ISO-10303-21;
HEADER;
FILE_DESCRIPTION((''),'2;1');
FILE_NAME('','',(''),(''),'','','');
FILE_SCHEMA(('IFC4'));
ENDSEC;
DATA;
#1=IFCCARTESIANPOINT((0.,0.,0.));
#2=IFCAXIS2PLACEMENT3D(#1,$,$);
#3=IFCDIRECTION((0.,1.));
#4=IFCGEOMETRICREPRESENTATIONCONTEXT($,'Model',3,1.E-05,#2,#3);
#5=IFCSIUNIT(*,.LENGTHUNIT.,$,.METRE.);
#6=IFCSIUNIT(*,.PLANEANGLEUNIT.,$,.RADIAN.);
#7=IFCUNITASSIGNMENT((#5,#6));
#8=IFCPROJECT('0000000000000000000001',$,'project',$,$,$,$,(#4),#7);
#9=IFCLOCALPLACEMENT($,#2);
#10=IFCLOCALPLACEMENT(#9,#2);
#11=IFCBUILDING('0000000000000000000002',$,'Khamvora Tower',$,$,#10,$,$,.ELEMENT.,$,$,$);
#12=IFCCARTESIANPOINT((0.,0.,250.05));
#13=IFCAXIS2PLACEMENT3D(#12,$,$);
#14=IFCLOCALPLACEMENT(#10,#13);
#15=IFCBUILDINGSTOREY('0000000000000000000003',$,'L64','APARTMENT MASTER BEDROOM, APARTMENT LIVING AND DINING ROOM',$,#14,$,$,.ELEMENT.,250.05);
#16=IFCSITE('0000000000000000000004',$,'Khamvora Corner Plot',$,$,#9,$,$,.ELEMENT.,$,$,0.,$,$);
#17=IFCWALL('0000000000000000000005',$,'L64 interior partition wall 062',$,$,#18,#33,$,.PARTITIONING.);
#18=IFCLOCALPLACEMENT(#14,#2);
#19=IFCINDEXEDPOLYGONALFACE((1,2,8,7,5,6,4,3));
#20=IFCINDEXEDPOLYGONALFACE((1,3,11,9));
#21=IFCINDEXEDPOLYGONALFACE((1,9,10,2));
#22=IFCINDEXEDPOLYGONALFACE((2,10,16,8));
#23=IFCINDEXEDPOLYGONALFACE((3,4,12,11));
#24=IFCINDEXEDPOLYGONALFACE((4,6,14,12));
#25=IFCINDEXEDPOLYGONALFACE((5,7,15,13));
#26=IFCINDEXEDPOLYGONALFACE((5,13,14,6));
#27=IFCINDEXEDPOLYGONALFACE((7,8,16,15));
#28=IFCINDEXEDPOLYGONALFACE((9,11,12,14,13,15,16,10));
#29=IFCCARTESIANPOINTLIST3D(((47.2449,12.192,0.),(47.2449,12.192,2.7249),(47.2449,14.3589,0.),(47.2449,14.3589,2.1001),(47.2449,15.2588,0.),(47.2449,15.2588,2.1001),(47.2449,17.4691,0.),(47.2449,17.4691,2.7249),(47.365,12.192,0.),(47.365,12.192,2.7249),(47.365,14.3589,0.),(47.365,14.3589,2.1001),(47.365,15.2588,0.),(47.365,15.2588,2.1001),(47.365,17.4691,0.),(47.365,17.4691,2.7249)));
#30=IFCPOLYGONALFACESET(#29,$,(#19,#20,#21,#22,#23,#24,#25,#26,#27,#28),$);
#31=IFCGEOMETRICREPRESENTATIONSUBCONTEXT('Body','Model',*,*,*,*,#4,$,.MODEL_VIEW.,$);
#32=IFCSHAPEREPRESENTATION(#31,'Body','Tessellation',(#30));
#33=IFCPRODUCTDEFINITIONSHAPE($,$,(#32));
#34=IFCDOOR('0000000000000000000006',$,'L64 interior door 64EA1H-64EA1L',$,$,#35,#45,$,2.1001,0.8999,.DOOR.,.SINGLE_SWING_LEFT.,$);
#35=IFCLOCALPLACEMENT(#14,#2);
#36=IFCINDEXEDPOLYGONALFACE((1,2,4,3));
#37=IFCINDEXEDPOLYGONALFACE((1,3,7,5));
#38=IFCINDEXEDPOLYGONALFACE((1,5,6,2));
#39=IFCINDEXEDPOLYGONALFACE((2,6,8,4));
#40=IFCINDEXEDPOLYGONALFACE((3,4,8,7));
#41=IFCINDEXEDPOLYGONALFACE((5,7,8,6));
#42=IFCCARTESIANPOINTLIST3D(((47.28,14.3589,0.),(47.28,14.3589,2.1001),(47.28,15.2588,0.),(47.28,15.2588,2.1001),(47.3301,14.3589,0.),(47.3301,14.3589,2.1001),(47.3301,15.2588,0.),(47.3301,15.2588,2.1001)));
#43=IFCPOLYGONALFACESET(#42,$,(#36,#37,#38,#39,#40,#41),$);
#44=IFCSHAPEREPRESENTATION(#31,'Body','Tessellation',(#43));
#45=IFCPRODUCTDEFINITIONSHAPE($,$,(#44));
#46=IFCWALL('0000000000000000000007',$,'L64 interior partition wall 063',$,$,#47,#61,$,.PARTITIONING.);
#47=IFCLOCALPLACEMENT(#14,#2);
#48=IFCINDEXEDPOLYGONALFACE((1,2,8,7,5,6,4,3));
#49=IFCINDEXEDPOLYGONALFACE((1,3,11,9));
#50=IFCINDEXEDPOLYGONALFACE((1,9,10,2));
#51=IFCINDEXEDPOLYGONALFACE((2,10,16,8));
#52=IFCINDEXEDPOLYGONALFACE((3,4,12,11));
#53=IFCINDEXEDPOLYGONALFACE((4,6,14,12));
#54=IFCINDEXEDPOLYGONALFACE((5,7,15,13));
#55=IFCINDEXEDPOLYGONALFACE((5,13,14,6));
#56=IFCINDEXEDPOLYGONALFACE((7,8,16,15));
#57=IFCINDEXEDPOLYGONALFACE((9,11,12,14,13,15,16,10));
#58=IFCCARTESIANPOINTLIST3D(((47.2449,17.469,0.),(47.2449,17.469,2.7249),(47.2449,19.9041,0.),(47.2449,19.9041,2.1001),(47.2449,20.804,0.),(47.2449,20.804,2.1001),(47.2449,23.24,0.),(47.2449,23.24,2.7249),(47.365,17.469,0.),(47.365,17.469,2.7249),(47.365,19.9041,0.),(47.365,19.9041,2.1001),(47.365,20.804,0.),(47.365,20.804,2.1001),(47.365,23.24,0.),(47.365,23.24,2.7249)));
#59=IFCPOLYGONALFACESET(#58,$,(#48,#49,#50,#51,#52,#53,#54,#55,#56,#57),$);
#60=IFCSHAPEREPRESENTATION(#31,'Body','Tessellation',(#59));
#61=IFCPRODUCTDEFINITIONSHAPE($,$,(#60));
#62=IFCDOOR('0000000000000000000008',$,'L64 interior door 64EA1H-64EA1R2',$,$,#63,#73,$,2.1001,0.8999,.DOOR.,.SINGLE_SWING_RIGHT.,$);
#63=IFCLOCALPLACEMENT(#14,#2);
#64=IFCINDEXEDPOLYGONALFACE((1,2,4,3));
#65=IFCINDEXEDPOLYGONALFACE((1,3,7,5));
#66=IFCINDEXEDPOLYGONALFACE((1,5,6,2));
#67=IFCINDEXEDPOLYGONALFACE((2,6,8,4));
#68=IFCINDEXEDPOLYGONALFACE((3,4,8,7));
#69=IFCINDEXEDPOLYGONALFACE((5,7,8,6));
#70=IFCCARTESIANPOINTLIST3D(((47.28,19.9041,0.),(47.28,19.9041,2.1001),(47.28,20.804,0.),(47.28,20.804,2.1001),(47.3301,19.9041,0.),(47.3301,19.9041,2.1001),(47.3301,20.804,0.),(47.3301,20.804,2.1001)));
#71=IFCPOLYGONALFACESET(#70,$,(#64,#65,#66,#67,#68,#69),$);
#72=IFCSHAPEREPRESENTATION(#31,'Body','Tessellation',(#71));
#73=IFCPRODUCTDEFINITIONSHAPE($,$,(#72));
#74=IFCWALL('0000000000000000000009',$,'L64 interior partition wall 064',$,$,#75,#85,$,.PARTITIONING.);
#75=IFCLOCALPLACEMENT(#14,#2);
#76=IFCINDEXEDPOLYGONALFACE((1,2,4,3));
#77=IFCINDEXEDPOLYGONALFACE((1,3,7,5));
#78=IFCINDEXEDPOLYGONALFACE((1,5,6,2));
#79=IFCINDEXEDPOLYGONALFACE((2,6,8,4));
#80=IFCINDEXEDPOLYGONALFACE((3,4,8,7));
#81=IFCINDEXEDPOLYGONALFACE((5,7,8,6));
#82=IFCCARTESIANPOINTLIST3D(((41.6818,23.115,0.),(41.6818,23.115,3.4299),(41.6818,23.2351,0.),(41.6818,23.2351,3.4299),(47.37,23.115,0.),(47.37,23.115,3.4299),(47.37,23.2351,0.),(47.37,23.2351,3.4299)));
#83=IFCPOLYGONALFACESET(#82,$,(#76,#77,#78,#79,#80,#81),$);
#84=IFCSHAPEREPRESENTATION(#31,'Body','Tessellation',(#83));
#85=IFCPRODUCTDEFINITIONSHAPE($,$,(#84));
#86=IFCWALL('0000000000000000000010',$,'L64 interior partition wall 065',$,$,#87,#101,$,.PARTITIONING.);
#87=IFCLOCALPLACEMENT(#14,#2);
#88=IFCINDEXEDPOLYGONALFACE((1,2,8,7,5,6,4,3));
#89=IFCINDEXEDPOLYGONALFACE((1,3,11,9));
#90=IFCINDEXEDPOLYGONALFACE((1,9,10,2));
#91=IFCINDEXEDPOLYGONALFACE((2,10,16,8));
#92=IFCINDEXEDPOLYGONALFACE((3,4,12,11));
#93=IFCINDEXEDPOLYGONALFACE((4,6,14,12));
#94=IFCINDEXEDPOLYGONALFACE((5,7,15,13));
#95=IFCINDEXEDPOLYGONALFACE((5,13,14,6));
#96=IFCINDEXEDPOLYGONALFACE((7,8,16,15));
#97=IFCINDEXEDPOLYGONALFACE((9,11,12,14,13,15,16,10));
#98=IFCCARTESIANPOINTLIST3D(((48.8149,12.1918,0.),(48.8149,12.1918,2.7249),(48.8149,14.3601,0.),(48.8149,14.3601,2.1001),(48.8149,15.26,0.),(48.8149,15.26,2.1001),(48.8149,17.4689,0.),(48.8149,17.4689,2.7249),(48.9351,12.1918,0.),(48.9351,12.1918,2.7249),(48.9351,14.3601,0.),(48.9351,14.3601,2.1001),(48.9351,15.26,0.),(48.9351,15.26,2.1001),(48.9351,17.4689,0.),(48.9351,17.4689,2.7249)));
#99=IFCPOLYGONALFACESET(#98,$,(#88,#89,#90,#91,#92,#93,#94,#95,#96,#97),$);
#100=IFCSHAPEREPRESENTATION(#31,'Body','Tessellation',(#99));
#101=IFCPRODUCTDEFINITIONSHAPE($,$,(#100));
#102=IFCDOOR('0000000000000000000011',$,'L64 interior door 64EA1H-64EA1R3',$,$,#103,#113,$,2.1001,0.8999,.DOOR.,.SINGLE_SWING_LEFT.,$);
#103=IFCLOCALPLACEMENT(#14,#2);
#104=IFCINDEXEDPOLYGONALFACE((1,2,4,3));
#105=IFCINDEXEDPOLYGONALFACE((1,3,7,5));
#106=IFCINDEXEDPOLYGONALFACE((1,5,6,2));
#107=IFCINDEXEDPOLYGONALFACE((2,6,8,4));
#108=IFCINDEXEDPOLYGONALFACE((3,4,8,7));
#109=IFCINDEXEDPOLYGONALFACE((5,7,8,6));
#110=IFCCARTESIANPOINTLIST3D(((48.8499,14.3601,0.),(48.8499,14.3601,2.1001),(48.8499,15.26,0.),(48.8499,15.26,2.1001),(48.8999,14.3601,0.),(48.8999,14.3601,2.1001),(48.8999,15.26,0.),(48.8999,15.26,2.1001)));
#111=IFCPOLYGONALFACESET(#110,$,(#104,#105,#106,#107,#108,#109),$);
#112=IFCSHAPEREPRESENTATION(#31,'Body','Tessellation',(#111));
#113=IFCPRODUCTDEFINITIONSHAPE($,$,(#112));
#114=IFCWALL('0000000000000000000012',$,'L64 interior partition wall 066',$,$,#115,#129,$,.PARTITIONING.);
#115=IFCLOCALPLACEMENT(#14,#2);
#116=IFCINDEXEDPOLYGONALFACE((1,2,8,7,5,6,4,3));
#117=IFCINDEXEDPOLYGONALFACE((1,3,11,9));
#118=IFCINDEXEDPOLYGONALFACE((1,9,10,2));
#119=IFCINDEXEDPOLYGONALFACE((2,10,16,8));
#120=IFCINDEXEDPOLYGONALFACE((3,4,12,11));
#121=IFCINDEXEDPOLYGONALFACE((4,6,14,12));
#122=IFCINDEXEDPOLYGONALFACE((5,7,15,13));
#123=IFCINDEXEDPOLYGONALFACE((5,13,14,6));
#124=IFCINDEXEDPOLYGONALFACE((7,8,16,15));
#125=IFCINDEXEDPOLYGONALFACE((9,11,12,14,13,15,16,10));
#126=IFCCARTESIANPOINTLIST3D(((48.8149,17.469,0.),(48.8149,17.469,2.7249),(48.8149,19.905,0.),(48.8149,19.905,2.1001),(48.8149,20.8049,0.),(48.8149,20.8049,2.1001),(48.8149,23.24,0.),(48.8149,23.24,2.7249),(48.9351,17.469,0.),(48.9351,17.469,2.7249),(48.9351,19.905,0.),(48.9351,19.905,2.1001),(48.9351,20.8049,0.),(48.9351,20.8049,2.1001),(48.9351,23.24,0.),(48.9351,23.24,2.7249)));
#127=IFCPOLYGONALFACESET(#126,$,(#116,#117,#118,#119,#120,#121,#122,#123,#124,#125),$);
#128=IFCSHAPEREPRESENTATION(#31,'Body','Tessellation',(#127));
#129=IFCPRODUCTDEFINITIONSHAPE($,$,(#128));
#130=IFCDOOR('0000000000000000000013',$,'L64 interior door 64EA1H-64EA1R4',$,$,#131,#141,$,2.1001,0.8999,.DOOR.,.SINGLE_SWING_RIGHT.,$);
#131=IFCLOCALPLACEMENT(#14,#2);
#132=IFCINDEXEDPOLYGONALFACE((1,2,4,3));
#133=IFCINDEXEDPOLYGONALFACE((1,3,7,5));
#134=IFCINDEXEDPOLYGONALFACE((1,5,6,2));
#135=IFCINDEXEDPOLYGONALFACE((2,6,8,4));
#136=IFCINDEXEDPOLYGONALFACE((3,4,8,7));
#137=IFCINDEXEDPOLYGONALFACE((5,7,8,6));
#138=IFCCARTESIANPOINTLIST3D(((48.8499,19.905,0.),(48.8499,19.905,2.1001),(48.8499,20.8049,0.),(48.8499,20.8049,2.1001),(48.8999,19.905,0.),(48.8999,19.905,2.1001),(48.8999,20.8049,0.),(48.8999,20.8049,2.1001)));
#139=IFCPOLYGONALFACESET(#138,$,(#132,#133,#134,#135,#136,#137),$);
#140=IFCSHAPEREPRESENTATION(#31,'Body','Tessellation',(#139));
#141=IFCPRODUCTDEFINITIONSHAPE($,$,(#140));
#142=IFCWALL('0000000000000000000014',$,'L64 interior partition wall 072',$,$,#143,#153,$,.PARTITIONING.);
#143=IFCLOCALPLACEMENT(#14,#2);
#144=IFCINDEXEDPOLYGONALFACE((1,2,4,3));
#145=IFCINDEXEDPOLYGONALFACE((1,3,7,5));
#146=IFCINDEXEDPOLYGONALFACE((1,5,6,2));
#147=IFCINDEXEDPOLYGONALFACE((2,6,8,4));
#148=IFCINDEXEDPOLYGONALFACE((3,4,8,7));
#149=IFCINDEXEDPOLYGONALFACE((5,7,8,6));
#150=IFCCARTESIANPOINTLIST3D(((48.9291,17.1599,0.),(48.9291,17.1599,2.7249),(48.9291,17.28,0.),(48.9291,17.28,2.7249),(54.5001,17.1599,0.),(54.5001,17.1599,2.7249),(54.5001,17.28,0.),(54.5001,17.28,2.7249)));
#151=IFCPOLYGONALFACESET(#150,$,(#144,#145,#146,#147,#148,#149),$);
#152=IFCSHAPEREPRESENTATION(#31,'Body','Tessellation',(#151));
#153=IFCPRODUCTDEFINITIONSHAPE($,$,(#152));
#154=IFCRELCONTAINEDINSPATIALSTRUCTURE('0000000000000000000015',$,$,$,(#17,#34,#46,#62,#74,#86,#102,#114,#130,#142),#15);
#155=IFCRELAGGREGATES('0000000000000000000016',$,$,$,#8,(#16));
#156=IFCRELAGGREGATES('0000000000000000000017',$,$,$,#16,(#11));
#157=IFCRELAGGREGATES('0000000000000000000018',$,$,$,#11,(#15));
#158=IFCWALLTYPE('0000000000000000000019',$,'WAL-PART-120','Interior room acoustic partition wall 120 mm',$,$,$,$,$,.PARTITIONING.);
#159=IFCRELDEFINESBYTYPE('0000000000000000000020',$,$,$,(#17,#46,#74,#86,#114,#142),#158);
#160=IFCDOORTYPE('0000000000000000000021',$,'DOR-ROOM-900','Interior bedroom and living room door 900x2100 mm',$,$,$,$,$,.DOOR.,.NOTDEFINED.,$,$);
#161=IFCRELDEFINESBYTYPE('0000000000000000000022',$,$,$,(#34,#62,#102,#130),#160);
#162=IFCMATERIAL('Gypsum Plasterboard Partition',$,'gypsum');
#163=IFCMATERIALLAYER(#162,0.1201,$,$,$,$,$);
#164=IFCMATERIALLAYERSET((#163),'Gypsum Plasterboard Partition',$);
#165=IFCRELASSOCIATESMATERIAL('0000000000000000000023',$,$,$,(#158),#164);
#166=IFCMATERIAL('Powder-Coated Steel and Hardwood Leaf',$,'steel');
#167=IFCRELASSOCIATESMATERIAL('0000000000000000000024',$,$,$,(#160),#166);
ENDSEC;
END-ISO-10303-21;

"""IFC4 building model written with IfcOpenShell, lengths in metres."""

from ifc_helpers import new_model, si_unit, direction, frame, frame_2d, origin, place, context, subcontext, project, spatial, rectangle, extrude, material, layer, layer_set, type_object, element, fill, save


model = new_model("IFC4")

# Units and contexts
model_context = context("Model", 3, precision=1e-05, world=origin(), true_north=direction((0.0, 1.0)))
body_context = subcontext(model_context, "Body", "Model", "MODEL_VIEW")
ifc_project = project(units=[si_unit("LENGTHUNIT", "METRE"), si_unit("PLANEANGLEUNIT", "RADIAN")], contexts=[model_context])

# Site, building, storey
site_placement = place(None, origin())
site = spatial("IfcSite", under=ifc_project, at=site_placement, Name="Khamvora Corner Plot", CompositionType="ELEMENT", RefElevation=0.0)
building_placement = place(site_placement, origin())
building = spatial("IfcBuilding", under=site, at=building_placement, Name="Khamvora Tower", CompositionType="ELEMENT")
storey_placement = place(building_placement, frame((0.0, 0.0, 250.05)))
storey = spatial("IfcBuildingStorey", under=building, at=storey_placement, Name="L64", Description="APARTMENT MASTER BEDROOM, APARTMENT LIVING AND DINING ROOM", CompositionType="ELEMENT", Elevation=250.05)

# Walls, openings, doors
ifc_material_1 = material(Name="Gypsum Plasterboard Partition", Category="gypsum")
ifc_layer_1 = layer(ifc_material_1, 0.1201)
ifc_layer_set_1 = layer_set([ifc_layer_1], Name="Gypsum Plasterboard Partition")
wall_type_1 = type_object("IfcWallType", Name="WAL-PART-120", Description="Interior room acoustic partition wall 120 mm", PredefinedType="PARTITIONING", material=ifc_layer_set_1)
wall_1_placement = place(storey_placement, frame((47.3049, 12.1919, 0.0), z_axis=(0.0, 0.0, 1.0), x_axis=(0.0, 1.0, 0.0)))
wall_1 = element("IfcWall", 1, at=wall_1_placement, inside=storey, type_object=wall_type_1, Name="L64 interior partition wall 062", PredefinedType="PARTITIONING", context=body_context, shape_type="SweptSolid", body=[
    extrude(rectangle(XDim=5.2771, YDim=0.1201, at=frame_2d((2.6387, 0.0))), origin(), (0.0, 0.0, 1.0), 2.7249),
])
opening_1_placement = place(wall_1_placement, frame((2.167, 0.0, 0.0)))
opening_1 = element("IfcOpeningElement", 2, at=opening_1_placement, cuts=wall_1, PredefinedType="OPENING", context=body_context, shape_type="SweptSolid", body=[
    extrude(rectangle(XDim=0.8999, YDim=2.1001, at=frame_2d((0.45, 1.05))), frame((0.0, 0.0701, 0.0), z_axis=(0.0, -1.0, 0.0), x_axis=(1.0, 0.0, 0.0)), (0.0, 0.0, 1.0), 0.1401),
])
ifc_material_2 = material(Name="Powder-Coated Steel and Hardwood Leaf", Category="steel")
door_type_1 = type_object("IfcDoorType", Name="DOR-ROOM-900", Description="Interior bedroom and living room door 900x2100 mm", OperationType="NOTDEFINED", PredefinedType="DOOR", material=ifc_material_2)
door_1_placement = place(opening_1_placement, origin())
door_1 = element("IfcDoor", 3, at=door_1_placement, inside=storey, type_object=door_type_1, Name="L64 interior door 64EA1H-64EA1L", OperationType="SINGLE_SWING_LEFT", OverallHeight=2.1001, OverallWidth=0.8999, PredefinedType="DOOR", context=body_context, shape_type="SweptSolid", body=[
    extrude(rectangle(XDim=0.8999, YDim=2.1001, at=frame_2d((0.45, 1.05))), frame((0.0, 0.0249, 0.0), z_axis=(0.0, -1.0, 0.0), x_axis=(1.0, 0.0, 0.0)), (0.0, 0.0, 1.0), 0.05),
])
fill(opening_1, door_1)
wall_2_placement = place(storey_placement, frame((47.3049, 17.469, 0.0), z_axis=(0.0, 0.0, 1.0), x_axis=(0.0, 1.0, 0.0)))
wall_2 = element("IfcWall", 4, at=wall_2_placement, inside=storey, type_object=wall_type_1, Name="L64 interior partition wall 063", PredefinedType="PARTITIONING", context=body_context, shape_type="SweptSolid", body=[
    extrude(rectangle(XDim=5.771, YDim=0.1201, at=frame_2d((2.8855, 0.0))), origin(), (0.0, 0.0, 1.0), 2.7249),
])
opening_2_placement = place(wall_2_placement, frame((2.4351, 0.0, 0.0)))
opening_2 = element("IfcOpeningElement", 5, at=opening_2_placement, cuts=wall_2, PredefinedType="OPENING", context=body_context, shape_type="SweptSolid", body=[
    extrude(rectangle(XDim=0.8999, YDim=2.1001, at=frame_2d((0.45, 1.05))), frame((0.0, 0.0701, 0.0), z_axis=(0.0, -1.0, 0.0), x_axis=(1.0, 0.0, 0.0)), (0.0, 0.0, 1.0), 0.1401),
])
door_2_placement = place(opening_2_placement, origin())
door_2 = element("IfcDoor", 6, at=door_2_placement, inside=storey, type_object=door_type_1, Name="L64 interior door 64EA1H-64EA1R2", OperationType="SINGLE_SWING_RIGHT", OverallHeight=2.1001, OverallWidth=0.8999, PredefinedType="DOOR", context=body_context, shape_type="SweptSolid", body=[
    extrude(rectangle(XDim=0.8999, YDim=2.1001, at=frame_2d((0.45, 1.05))), frame((0.0, 0.0249, 0.0), z_axis=(0.0, -1.0, 0.0), x_axis=(1.0, 0.0, 0.0)), (0.0, 0.0, 1.0), 0.05),
])
fill(opening_2, door_2)

# Wall
wall_3_placement = place(storey_placement, frame((47.3701, 23.175, 0.0), z_axis=(0.0, 0.0, 1.0), x_axis=(-1.0, 0.0, 0.0)))
element("IfcWall", 7, at=wall_3_placement, inside=storey, type_object=wall_type_1, Name="L64 interior partition wall 064", PredefinedType="PARTITIONING", context=body_context, shape_type="SweptSolid", body=[
    extrude(rectangle(XDim=5.6882, YDim=0.1201, at=frame_2d((2.8442, 0.0))), origin(), (0.0, 0.0, 1.0), 3.4299),
])

# Walls, openings, doors
wall_4_placement = place(storey_placement, frame((48.875, 17.469, 0.0), z_axis=(0.0, 0.0, 1.0), x_axis=(0.0, -1.0, 0.0)))
wall_4 = element("IfcWall", 8, at=wall_4_placement, inside=storey, type_object=wall_type_1, Name="L64 interior partition wall 065", PredefinedType="PARTITIONING", context=body_context, shape_type="SweptSolid", body=[
    extrude(rectangle(XDim=5.2771, YDim=0.1201, at=frame_2d((2.6387, 0.0))), origin(), (0.0, 0.0, 1.0), 2.7249),
])
opening_3_placement = place(wall_4_placement, frame((2.209, 0.0, 0.0)))
opening_3 = element("IfcOpeningElement", 9, at=opening_3_placement, cuts=wall_4, PredefinedType="OPENING", context=body_context, shape_type="SweptSolid", body=[
    extrude(rectangle(XDim=0.8999, YDim=2.1001, at=frame_2d((0.45, 1.05))), frame((0.0, 0.0701, 0.0), z_axis=(0.0, -1.0, 0.0), x_axis=(1.0, 0.0, 0.0)), (0.0, 0.0, 1.0), 0.1401),
])
door_3_placement = place(opening_3_placement, origin())
door_3 = element("IfcDoor", 10, at=door_3_placement, inside=storey, type_object=door_type_1, Name="L64 interior door 64EA1H-64EA1R3", OperationType="SINGLE_SWING_LEFT", OverallHeight=2.1001, OverallWidth=0.8999, PredefinedType="DOOR", context=body_context, shape_type="SweptSolid", body=[
    extrude(rectangle(XDim=0.8999, YDim=2.1001, at=frame_2d((0.45, 1.05))), frame((0.0, 0.0249, 0.0), z_axis=(0.0, -1.0, 0.0), x_axis=(1.0, 0.0, 0.0)), (0.0, 0.0, 1.0), 0.05),
])
fill(opening_3, door_3)
wall_5_placement = place(storey_placement, frame((48.875, 23.24, 0.0), z_axis=(0.0, 0.0, 1.0), x_axis=(0.0, -1.0, 0.0)))
wall_5 = element("IfcWall", 11, at=wall_5_placement, inside=storey, type_object=wall_type_1, Name="L64 interior partition wall 066", PredefinedType="PARTITIONING", context=body_context, shape_type="SweptSolid", body=[
    extrude(rectangle(XDim=5.771, YDim=0.1201, at=frame_2d((2.8855, 0.0))), origin(), (0.0, 0.0, 1.0), 2.7249),
])
opening_4_placement = place(wall_5_placement, frame((2.4351, 0.0, 0.0)))
opening_4 = element("IfcOpeningElement", 12, at=opening_4_placement, cuts=wall_5, PredefinedType="OPENING", context=body_context, shape_type="SweptSolid", body=[
    extrude(rectangle(XDim=0.8999, YDim=2.1001, at=frame_2d((0.45, 1.05))), frame((0.0, 0.0701, 0.0), z_axis=(0.0, -1.0, 0.0), x_axis=(1.0, 0.0, 0.0)), (0.0, 0.0, 1.0), 0.1401),
])
door_4_placement = place(opening_4_placement, origin())
door_4 = element("IfcDoor", 13, at=door_4_placement, inside=storey, type_object=door_type_1, Name="L64 interior door 64EA1H-64EA1R4", OperationType="SINGLE_SWING_RIGHT", OverallHeight=2.1001, OverallWidth=0.8999, PredefinedType="DOOR", context=body_context, shape_type="SweptSolid", body=[
    extrude(rectangle(XDim=0.8999, YDim=2.1001, at=frame_2d((0.45, 1.05))), frame((0.0, 0.0249, 0.0), z_axis=(0.0, -1.0, 0.0), x_axis=(1.0, 0.0, 0.0)), (0.0, 0.0, 1.0), 0.05),
])
fill(opening_4, door_4)

# Wall
wall_6_placement = place(storey_placement, frame((48.929, 17.22, 0.0), z_axis=(0.0, 0.0, 1.0), x_axis=(1.0, 0.0, 0.0)))
element("IfcWall", 14, at=wall_6_placement, inside=storey, type_object=wall_type_1, Name="L64 interior partition wall 072", PredefinedType="PARTITIONING", context=body_context, shape_type="SweptSolid", body=[
    extrude(rectangle(XDim=5.571, YDim=0.1201, at=frame_2d((2.7856, 0.0))), origin(), (0.0, 0.0, 1.0), 2.7249),
])

save(model, "model.ifc")
